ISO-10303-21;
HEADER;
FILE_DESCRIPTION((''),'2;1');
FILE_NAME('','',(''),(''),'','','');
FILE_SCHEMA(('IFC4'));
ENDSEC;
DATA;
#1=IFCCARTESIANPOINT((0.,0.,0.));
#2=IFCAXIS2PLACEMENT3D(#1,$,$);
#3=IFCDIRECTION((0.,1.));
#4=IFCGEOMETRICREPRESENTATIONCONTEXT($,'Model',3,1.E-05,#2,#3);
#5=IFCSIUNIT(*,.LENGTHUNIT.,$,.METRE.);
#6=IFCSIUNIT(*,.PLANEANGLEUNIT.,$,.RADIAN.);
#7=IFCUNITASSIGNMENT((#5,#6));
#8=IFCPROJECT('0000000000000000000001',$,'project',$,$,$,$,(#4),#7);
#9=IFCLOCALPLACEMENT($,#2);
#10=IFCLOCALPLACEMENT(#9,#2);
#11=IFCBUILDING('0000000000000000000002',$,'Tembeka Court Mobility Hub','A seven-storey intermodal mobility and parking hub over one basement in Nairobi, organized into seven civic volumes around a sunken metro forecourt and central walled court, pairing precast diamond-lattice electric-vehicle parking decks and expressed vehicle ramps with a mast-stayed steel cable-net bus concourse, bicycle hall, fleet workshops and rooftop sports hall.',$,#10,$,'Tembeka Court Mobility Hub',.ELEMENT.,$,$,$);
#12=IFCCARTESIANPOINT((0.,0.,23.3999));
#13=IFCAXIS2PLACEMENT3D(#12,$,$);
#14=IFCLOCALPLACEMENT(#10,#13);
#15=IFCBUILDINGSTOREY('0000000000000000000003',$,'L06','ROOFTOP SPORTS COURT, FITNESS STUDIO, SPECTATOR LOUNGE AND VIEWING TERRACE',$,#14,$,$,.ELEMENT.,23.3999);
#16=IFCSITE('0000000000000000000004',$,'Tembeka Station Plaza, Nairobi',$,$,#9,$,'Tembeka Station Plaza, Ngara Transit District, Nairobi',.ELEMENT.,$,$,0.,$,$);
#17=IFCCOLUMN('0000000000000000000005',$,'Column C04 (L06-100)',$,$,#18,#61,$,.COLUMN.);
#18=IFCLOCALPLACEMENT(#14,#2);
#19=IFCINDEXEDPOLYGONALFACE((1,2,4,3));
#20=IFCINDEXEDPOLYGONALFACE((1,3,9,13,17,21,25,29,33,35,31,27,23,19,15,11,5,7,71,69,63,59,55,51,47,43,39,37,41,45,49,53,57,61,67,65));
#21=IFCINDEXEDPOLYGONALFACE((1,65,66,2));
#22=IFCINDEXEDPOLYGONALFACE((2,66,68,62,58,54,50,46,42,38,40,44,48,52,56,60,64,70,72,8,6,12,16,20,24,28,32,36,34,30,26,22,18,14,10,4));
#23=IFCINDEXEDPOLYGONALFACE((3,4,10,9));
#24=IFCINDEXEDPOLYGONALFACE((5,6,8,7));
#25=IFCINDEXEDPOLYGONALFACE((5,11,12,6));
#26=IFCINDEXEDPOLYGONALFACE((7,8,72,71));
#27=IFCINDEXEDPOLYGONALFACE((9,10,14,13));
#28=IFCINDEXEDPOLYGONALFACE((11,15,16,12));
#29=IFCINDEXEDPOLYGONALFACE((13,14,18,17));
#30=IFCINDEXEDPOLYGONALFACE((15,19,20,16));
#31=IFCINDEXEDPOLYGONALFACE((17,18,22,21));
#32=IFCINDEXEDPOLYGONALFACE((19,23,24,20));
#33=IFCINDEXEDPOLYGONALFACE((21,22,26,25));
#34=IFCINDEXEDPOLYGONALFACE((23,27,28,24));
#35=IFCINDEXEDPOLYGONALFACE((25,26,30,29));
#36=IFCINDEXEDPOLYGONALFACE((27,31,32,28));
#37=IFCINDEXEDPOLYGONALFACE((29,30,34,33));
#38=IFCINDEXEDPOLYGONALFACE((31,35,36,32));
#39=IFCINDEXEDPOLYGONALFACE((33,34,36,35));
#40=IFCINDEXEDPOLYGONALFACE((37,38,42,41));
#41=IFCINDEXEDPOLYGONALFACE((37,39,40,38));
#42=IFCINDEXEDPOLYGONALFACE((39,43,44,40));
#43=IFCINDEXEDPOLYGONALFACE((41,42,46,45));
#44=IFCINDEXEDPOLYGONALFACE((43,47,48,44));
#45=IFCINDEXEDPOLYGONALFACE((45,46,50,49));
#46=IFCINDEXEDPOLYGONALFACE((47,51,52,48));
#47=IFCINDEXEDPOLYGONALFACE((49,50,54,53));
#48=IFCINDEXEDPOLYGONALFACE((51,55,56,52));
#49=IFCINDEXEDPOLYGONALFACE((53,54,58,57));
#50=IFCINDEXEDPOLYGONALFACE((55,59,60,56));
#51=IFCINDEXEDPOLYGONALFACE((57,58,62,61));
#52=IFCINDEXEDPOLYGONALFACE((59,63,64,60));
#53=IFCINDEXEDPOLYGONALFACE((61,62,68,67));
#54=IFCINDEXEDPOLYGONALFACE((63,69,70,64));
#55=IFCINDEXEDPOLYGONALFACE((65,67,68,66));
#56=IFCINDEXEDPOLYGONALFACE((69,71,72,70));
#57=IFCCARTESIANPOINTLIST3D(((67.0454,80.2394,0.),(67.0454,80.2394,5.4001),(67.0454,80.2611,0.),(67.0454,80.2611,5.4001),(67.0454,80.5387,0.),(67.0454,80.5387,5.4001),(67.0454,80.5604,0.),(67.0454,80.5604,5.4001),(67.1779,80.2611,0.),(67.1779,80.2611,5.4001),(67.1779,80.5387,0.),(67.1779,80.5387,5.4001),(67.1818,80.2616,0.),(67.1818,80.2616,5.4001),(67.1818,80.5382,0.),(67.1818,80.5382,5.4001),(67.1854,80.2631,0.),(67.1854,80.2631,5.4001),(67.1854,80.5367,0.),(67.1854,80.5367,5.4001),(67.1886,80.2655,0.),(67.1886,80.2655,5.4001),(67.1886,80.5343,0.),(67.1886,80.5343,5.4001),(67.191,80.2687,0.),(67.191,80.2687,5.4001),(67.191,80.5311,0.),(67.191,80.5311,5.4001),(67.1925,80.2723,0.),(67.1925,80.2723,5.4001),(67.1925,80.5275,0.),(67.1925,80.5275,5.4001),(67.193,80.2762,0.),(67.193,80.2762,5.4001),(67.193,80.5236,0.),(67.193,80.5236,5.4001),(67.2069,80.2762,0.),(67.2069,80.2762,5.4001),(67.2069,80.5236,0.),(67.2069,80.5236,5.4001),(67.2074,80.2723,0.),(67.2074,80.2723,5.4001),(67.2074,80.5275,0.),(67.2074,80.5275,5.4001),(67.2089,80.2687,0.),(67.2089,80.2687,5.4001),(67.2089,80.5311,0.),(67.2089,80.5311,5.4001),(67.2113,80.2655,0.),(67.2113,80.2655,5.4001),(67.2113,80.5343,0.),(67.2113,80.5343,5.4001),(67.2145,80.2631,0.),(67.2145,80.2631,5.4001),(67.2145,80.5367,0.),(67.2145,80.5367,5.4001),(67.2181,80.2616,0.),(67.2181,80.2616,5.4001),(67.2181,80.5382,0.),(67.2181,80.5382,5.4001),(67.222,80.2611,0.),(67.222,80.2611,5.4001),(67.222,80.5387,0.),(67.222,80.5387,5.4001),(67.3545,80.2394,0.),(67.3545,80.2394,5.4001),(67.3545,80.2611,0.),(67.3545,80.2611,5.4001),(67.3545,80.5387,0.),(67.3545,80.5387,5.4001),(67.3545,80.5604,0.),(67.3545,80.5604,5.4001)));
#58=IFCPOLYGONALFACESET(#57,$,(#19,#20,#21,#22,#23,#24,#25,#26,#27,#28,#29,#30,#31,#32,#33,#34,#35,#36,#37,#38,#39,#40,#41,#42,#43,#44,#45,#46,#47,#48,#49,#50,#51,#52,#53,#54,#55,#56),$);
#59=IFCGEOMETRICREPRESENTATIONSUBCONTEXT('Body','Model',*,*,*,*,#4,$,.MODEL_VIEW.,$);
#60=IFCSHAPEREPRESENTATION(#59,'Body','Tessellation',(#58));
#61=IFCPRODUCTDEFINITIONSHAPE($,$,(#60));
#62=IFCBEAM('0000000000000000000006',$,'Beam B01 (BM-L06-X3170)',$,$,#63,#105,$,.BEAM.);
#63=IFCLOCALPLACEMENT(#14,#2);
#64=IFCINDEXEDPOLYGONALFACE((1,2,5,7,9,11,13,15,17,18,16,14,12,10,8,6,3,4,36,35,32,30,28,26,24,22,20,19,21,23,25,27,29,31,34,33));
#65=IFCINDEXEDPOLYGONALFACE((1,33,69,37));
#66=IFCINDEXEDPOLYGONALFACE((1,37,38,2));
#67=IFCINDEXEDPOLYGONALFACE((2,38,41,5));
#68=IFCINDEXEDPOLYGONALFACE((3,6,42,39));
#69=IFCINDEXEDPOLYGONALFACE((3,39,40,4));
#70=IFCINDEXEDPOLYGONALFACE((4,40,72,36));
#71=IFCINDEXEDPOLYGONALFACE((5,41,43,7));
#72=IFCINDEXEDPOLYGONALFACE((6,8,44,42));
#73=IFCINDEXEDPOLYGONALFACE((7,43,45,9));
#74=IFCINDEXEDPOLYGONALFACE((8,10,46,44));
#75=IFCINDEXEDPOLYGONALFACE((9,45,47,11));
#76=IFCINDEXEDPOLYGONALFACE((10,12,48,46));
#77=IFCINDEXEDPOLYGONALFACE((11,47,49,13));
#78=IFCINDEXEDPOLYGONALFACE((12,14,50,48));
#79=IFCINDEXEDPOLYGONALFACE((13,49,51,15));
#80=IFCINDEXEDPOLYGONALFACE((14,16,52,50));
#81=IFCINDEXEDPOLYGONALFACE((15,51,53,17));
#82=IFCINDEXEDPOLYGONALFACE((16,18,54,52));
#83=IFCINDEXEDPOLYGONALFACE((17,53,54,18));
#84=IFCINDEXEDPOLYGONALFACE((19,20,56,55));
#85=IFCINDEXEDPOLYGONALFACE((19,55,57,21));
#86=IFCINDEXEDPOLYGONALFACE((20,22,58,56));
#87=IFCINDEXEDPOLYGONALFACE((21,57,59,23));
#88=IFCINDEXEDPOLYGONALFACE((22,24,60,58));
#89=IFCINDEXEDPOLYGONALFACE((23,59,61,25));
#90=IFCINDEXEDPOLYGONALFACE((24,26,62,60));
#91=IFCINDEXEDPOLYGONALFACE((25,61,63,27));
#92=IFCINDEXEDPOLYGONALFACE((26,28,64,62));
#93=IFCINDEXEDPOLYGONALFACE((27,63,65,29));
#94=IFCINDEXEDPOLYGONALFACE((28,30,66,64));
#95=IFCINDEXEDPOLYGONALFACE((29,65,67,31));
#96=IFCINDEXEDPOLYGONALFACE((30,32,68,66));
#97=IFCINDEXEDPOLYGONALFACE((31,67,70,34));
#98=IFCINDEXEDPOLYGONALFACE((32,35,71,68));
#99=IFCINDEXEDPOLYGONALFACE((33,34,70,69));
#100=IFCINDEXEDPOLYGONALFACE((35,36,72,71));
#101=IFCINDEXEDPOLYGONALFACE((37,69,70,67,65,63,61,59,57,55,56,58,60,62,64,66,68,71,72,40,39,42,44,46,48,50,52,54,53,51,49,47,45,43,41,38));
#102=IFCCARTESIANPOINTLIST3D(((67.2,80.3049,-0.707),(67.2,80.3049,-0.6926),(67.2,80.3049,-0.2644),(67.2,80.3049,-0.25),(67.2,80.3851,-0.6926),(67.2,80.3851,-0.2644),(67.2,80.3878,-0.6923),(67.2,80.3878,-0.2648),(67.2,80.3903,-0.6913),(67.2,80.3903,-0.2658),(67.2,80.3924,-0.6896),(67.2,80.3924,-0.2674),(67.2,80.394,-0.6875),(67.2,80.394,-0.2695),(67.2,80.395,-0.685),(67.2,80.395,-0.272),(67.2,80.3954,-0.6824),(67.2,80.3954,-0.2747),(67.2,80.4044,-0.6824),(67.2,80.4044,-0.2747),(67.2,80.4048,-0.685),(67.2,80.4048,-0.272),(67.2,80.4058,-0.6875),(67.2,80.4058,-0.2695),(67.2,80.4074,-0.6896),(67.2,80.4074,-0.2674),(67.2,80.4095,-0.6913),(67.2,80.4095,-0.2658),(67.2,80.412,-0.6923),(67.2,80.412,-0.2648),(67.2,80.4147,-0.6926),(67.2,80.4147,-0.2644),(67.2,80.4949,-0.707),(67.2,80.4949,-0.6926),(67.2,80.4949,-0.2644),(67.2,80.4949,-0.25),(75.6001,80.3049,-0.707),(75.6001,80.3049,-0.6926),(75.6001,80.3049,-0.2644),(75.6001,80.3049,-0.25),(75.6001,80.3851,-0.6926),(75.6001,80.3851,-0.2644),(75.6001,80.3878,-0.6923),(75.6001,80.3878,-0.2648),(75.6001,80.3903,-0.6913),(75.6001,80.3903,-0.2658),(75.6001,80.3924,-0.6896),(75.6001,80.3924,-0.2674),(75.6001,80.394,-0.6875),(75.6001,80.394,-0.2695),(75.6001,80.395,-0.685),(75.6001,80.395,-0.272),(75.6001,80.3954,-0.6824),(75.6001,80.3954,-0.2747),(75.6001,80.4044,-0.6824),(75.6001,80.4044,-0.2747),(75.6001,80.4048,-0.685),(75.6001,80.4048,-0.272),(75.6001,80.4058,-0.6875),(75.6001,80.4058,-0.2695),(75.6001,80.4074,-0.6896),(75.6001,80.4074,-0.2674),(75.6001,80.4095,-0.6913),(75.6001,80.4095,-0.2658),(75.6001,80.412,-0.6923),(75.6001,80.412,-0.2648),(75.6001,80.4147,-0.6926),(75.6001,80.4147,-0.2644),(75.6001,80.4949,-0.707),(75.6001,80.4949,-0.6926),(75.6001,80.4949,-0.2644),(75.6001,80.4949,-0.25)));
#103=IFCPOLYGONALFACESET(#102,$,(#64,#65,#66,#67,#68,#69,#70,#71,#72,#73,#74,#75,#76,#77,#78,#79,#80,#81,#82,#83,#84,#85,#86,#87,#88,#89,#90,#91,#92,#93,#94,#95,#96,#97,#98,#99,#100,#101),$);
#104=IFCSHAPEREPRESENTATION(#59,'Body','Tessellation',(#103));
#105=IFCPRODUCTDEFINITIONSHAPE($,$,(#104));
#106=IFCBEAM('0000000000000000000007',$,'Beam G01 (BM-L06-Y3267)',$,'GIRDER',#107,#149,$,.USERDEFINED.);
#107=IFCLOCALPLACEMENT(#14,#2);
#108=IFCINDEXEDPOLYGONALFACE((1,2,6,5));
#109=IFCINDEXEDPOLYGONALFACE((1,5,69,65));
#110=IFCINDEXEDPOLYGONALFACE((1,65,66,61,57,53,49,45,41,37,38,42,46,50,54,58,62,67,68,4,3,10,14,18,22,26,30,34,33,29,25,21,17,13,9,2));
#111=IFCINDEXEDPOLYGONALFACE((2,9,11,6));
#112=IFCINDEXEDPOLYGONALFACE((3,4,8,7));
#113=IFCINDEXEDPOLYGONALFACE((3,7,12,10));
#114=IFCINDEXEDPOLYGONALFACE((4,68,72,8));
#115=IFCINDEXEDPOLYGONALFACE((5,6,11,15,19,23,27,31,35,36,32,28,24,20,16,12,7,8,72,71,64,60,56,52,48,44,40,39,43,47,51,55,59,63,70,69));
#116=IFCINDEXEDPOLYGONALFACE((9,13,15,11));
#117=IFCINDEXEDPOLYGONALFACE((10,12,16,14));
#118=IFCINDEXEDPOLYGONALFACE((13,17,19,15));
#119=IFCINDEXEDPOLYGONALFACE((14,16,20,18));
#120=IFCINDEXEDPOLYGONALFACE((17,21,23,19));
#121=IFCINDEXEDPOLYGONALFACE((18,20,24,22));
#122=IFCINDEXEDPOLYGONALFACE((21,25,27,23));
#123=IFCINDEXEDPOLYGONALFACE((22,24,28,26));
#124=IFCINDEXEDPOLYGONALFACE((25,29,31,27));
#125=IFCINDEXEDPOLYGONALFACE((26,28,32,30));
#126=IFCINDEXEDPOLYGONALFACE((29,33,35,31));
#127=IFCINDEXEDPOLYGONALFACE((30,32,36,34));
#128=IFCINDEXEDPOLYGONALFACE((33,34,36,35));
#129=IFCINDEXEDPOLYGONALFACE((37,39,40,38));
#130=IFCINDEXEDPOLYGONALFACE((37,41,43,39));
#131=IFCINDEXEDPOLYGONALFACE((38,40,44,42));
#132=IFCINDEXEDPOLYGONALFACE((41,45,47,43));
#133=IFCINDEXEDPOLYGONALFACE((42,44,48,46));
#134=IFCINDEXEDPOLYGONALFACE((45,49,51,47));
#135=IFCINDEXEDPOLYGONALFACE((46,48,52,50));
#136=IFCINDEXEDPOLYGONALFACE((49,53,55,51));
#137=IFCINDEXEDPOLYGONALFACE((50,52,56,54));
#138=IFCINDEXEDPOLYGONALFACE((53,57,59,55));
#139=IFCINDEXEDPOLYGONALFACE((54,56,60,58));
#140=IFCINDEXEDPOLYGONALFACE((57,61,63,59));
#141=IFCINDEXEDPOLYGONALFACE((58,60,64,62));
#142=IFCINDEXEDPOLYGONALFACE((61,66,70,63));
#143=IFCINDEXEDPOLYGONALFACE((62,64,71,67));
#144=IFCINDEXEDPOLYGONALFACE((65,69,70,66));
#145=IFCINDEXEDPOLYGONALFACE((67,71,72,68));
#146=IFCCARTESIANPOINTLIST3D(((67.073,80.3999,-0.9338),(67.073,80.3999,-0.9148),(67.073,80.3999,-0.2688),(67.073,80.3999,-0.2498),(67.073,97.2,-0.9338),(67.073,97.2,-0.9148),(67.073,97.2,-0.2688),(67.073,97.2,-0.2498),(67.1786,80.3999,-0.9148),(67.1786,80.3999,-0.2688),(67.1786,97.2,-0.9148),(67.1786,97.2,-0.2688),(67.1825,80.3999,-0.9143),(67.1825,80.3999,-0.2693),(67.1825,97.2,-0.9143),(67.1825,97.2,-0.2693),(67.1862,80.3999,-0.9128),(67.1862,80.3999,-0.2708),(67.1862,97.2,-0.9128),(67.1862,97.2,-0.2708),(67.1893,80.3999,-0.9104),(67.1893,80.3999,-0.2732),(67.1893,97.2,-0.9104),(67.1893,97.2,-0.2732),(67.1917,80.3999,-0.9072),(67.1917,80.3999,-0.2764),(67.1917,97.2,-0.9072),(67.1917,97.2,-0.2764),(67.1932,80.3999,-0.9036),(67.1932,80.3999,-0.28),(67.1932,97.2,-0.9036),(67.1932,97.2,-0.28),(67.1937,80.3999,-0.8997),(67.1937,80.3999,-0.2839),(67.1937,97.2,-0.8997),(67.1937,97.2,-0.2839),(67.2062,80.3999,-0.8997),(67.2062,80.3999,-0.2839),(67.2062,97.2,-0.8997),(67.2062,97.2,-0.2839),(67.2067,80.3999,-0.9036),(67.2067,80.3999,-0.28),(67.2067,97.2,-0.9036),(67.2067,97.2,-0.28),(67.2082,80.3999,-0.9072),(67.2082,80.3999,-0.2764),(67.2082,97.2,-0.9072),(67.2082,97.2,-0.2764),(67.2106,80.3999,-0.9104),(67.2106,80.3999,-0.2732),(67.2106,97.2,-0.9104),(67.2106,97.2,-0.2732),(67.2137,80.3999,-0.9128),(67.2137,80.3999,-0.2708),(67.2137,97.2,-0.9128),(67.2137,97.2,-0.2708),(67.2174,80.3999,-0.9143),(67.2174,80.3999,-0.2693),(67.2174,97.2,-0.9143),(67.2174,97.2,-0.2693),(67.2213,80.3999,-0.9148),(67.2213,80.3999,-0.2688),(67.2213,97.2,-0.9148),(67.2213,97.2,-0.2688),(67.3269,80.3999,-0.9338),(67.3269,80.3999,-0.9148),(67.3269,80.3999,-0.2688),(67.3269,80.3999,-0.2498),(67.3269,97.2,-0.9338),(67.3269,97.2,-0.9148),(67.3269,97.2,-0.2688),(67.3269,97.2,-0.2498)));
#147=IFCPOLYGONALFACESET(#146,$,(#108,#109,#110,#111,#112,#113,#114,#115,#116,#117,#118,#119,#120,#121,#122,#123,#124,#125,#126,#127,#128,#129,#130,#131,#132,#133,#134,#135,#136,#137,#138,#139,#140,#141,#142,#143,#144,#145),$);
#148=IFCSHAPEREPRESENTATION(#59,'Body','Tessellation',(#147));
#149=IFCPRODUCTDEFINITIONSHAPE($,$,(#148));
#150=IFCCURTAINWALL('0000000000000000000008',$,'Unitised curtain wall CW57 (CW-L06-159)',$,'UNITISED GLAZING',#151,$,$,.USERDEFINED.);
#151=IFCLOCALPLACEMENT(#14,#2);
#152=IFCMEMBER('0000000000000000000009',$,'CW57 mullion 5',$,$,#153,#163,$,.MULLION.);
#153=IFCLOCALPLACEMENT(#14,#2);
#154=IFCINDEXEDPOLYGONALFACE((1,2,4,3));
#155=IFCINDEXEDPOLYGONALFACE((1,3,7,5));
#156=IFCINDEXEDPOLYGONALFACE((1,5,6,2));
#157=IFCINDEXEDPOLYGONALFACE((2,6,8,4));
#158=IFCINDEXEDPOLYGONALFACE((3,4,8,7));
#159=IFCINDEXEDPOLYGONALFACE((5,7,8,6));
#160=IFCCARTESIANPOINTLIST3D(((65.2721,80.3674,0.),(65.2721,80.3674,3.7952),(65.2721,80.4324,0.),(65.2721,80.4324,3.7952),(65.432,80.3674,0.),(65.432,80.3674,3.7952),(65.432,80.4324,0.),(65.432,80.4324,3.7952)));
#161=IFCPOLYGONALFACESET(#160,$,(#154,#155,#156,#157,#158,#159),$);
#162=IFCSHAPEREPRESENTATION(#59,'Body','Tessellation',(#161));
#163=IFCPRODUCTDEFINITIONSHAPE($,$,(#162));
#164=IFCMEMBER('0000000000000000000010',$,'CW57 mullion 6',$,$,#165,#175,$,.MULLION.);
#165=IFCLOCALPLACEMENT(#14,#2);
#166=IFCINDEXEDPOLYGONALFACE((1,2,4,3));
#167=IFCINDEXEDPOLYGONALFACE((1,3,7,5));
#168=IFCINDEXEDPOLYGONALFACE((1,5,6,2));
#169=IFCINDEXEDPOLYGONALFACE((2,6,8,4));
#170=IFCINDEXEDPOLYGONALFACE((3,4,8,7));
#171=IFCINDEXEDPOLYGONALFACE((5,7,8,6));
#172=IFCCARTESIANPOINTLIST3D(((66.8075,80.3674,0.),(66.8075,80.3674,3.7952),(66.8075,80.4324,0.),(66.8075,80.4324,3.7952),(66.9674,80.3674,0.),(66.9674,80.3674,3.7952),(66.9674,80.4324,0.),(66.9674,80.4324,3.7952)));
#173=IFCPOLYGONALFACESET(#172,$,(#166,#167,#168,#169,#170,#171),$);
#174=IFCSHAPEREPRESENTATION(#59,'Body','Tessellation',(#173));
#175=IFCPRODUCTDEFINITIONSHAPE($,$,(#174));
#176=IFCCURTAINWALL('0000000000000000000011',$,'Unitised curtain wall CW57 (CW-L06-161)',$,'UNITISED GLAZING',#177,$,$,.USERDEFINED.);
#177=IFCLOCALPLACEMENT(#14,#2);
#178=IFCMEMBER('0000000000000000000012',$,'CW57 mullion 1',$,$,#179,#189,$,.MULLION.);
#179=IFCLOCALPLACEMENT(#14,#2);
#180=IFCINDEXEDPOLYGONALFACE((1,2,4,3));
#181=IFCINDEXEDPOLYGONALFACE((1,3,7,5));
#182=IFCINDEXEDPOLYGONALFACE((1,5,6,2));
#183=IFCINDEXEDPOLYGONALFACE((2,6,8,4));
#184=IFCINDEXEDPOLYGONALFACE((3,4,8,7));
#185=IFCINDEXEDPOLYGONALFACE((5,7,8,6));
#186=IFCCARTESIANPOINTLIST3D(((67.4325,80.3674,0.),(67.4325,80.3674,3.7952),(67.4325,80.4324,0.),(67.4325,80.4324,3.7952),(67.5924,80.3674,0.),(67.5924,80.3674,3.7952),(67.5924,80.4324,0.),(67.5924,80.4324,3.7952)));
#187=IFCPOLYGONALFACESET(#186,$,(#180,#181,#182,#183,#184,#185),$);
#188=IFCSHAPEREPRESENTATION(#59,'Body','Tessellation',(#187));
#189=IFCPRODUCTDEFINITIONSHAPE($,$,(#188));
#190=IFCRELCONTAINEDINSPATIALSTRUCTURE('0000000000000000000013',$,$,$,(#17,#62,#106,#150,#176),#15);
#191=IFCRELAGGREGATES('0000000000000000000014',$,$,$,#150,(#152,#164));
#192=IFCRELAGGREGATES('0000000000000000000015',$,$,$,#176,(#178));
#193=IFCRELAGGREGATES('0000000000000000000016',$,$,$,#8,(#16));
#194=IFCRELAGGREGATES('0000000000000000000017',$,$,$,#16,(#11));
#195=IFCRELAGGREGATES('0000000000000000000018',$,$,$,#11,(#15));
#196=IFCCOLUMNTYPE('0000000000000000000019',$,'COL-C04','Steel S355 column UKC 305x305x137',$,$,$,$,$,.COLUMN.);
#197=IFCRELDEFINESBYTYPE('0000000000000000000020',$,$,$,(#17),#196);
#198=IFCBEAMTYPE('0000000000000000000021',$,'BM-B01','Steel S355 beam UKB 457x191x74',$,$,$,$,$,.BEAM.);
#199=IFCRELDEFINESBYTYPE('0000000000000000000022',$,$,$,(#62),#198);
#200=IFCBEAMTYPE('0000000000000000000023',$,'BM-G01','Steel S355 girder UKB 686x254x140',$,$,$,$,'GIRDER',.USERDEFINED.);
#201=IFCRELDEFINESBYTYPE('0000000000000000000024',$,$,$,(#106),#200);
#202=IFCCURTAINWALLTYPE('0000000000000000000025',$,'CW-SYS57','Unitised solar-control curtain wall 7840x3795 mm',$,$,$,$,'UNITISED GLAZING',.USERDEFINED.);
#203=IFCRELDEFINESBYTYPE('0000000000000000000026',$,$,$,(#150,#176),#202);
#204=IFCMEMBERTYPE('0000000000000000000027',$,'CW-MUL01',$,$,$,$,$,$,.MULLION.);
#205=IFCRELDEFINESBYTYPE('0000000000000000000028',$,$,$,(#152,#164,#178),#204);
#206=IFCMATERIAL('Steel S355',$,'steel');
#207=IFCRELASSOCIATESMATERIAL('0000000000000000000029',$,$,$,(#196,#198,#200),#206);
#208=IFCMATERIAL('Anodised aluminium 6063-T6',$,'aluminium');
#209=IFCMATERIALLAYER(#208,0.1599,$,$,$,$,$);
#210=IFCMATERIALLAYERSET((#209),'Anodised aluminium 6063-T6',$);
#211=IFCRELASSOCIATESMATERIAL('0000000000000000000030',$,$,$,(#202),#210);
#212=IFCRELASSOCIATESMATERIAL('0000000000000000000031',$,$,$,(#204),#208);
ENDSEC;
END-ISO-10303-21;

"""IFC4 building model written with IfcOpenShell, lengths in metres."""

from ifc_helpers import new_model, si_unit, direction, frame, origin, origin_2d, place, context, subcontext, project, spatial, rectangle, i_section, extrude, material, layer, layer_set, material_profile, profile_set, type_object, element, aggregate, save


model = new_model("IFC4")

# Units and contexts
model_context = context("Model", 3, precision=1e-05, world=origin(), true_north=direction((0.0, 1.0)))
body_context = subcontext(model_context, "Body", "Model", "MODEL_VIEW")
ifc_project = project(units=[si_unit("LENGTHUNIT", "METRE"), si_unit("PLANEANGLEUNIT", "RADIAN")], contexts=[model_context])

# Site, building, storey
site_placement = place(None, origin())
site = spatial("IfcSite", under=ifc_project, at=site_placement, Name="Tembeka Station Plaza, Nairobi", LongName="Tembeka Station Plaza, Ngara Transit District, Nairobi", CompositionType="ELEMENT", RefElevation=0.0)
building_placement = place(site_placement, origin())
building = spatial("IfcBuilding", under=site, at=building_placement, Name="Tembeka Court Mobility Hub", Description="A seven-storey intermodal mobility and parking hub over one basement in Nairobi, organized into seven civic volumes around a sunken metro forecourt and central walled court, pairing precast diamond-lattice electric-vehicle parking decks and expressed vehicle ramps with a mast-stayed steel cable-net bus concourse, bicycle hall, fleet workshops and rooftop sports hall.", LongName="Tembeka Court Mobility Hub", CompositionType="ELEMENT")
storey_placement = place(building_placement, frame((0.0, 0.0, 23.3999)))
storey = spatial("IfcBuildingStorey", under=building, at=storey_placement, Name="L06", Description="ROOFTOP SPORTS COURT, FITNESS STUDIO, SPECTATOR LOUNGE AND VIEWING TERRACE", CompositionType="ELEMENT", Elevation=23.3999)

# Column
ifc_material_1 = material(Name="Steel S355", Category="steel")
ifc_material_profile_1 = material_profile(ifc_material_1, i_section(OverallWidth=0.3091, OverallDepth=0.321, WebThickness=0.0139, FlangeThickness=0.0217, FilletRadius=0.0151, at=origin_2d()), Name="UKC 305x305x137")
ifc_profile_set_1 = profile_set([ifc_material_profile_1], Name="Steel S355")
column_type = type_object("IfcColumnType", Name="COL-C04", Description="Steel S355 column UKC 305x305x137", PredefinedType="COLUMN", material=ifc_profile_set_1)
column_placement = place(storey_placement, frame((67.2, 80.3999, 0.0), z_axis=(0.0, 0.0, 1.0), x_axis=(1.0, 0.0, 0.0)))
element("IfcColumn", 1, at=column_placement, inside=storey, type_object=column_type, Name="Column C04 (L06-100)", PredefinedType="COLUMN", context=body_context, shape_type="SweptSolid", body=[
    extrude(i_section(OverallWidth=0.3091, OverallDepth=0.321, WebThickness=0.0139, FlangeThickness=0.0217, FilletRadius=0.0151, at=origin_2d()), origin(), (0.0, 0.0, 1.0), 5.4001),
])

# Beams
ifc_material_profile_2 = material_profile(ifc_material_1, i_section(OverallWidth=0.1899, OverallDepth=0.457, WebThickness=0.009, FlangeThickness=0.0144, FilletRadius=0.0103, at=origin_2d()), Name="UKB 457x191x74")
ifc_profile_set_2 = profile_set([ifc_material_profile_2], Name="Steel S355")
beam_type_1 = type_object("IfcBeamType", Name="BM-B01", Description="Steel S355 beam UKB 457x191x74", PredefinedType="BEAM", material=ifc_profile_set_2)
beam_1_placement = place(storey_placement, frame((67.2, 80.3999, -0.4785), z_axis=(1.0, 0.0, 0.0), x_axis=(0.0, 1.0, 0.0)))
element("IfcBeam", 2, at=beam_1_placement, inside=storey, type_object=beam_type_1, Name="Beam B01 (BM-L06-X3170)", PredefinedType="BEAM", context=body_context, shape_type="SweptSolid", body=[
    extrude(i_section(OverallWidth=0.1899, OverallDepth=0.457, WebThickness=0.009, FlangeThickness=0.0144, FilletRadius=0.0103, at=origin_2d()), origin(), (0.0, 0.0, 1.0), 8.4001),
])
ifc_material_profile_3 = material_profile(ifc_material_1, i_section(OverallWidth=0.2539, OverallDepth=0.6841, WebThickness=0.0125, FlangeThickness=0.019, FilletRadius=0.0151, at=origin_2d()), Name="UKB 686x254x140")
ifc_profile_set_3 = profile_set([ifc_material_profile_3], Name="Steel S355")
beam_type_2 = type_object("IfcBeamType", Name="BM-G01", Description="Steel S355 girder UKB 686x254x140", ElementType="GIRDER", PredefinedType="USERDEFINED", material=ifc_profile_set_3)
beam_2_placement = place(storey_placement, frame((67.2, 80.3999, -0.5918), z_axis=(0.0, 1.0, 0.0), x_axis=(-1.0, 0.0, 0.0)))
element("IfcBeam", 3, at=beam_2_placement, inside=storey, type_object=beam_type_2, Name="Beam G01 (BM-L06-Y3267)", ObjectType="GIRDER", PredefinedType="USERDEFINED", context=body_context, shape_type="SweptSolid", body=[
    extrude(i_section(OverallWidth=0.2539, OverallDepth=0.6841, WebThickness=0.0125, FlangeThickness=0.019, FilletRadius=0.0151, at=origin_2d()), origin(), (0.0, 0.0, 1.0), 16.8),
])

# Curtain walls, members
ifc_material_2 = material(Name="Anodised aluminium 6063-T6", Category="aluminium")
ifc_layer_1 = layer(ifc_material_2, 0.1599)
ifc_layer_set_1 = layer_set([ifc_layer_1], Name="Anodised aluminium 6063-T6")
curtain_wall_type = type_object("IfcCurtainWallType", Name="CW-SYS57", Description="Unitised solar-control curtain wall 7840x3795 mm", ElementType="UNITISED GLAZING", PredefinedType="USERDEFINED", material=ifc_layer_set_1)
curtain_wall_1_placement = place(storey_placement, origin())
curtain_wall_1 = element("IfcCurtainWall", 4, at=curtain_wall_1_placement, inside=storey, type_object=curtain_wall_type, Name="Unitised curtain wall CW57 (CW-L06-159)", ObjectType="UNITISED GLAZING", PredefinedType="USERDEFINED")
ifc_material_profile_4 = material_profile(ifc_material_2, rectangle(XDim=0.0649, YDim=0.1599, at=origin_2d()), Name="ALU-MUL 65x160")
ifc_profile_set_4 = profile_set([ifc_material_profile_4], Name="Anodised aluminium 6063-T6")
member_type_1 = type_object("IfcMemberType", Name="CW-MUL01", PredefinedType="MULLION", material=ifc_profile_set_4)
member_1_placement = place(storey_placement, frame((65.3521, 80.3999, 0.0), z_axis=(0.0, 0.0, 1.0), x_axis=(0.0, 1.0, 0.0)))
member_1 = element("IfcMember", 5, at=member_1_placement, type_object=member_type_1, Name="CW57 mullion 5", PredefinedType="MULLION", context=body_context, shape_type="SweptSolid", body=[
    extrude(rectangle(XDim=0.0649, YDim=0.1599, at=origin_2d()), origin(), (0.0, 0.0, 1.0), 3.7952),
])
member_2_placement = place(storey_placement, frame((66.8875, 80.3999, 0.0), z_axis=(0.0, 0.0, 1.0), x_axis=(0.0, 1.0, 0.0)))
member_2 = element("IfcMember", 6, at=member_2_placement, type_object=member_type_1, Name="CW57 mullion 6", PredefinedType="MULLION", context=body_context, shape_type="SweptSolid", body=[
    extrude(rectangle(XDim=0.0649, YDim=0.1599, at=origin_2d()), origin(), (0.0, 0.0, 1.0), 3.7952),
])
curtain_wall_2_placement = place(storey_placement, origin())
curtain_wall_2 = element("IfcCurtainWall", 7, at=curtain_wall_2_placement, inside=storey, type_object=curtain_wall_type, Name="Unitised curtain wall CW57 (CW-L06-161)", ObjectType="UNITISED GLAZING", PredefinedType="USERDEFINED")
member_3_placement = place(storey_placement, frame((67.5125, 80.3999, 0.0), z_axis=(0.0, 0.0, 1.0), x_axis=(0.0, 1.0, 0.0)))
member_3 = element("IfcMember", 8, at=member_3_placement, type_object=member_type_1, Name="CW57 mullion 1", PredefinedType="MULLION", context=body_context, shape_type="SweptSolid", body=[
    extrude(rectangle(XDim=0.0649, YDim=0.1599, at=origin_2d()), origin(), (0.0, 0.0, 1.0), 3.7952),
])

aggregate(curtain_wall_1, [member_1, member_2])
aggregate(curtain_wall_2, [member_3])

save(model, "model.ifc")
